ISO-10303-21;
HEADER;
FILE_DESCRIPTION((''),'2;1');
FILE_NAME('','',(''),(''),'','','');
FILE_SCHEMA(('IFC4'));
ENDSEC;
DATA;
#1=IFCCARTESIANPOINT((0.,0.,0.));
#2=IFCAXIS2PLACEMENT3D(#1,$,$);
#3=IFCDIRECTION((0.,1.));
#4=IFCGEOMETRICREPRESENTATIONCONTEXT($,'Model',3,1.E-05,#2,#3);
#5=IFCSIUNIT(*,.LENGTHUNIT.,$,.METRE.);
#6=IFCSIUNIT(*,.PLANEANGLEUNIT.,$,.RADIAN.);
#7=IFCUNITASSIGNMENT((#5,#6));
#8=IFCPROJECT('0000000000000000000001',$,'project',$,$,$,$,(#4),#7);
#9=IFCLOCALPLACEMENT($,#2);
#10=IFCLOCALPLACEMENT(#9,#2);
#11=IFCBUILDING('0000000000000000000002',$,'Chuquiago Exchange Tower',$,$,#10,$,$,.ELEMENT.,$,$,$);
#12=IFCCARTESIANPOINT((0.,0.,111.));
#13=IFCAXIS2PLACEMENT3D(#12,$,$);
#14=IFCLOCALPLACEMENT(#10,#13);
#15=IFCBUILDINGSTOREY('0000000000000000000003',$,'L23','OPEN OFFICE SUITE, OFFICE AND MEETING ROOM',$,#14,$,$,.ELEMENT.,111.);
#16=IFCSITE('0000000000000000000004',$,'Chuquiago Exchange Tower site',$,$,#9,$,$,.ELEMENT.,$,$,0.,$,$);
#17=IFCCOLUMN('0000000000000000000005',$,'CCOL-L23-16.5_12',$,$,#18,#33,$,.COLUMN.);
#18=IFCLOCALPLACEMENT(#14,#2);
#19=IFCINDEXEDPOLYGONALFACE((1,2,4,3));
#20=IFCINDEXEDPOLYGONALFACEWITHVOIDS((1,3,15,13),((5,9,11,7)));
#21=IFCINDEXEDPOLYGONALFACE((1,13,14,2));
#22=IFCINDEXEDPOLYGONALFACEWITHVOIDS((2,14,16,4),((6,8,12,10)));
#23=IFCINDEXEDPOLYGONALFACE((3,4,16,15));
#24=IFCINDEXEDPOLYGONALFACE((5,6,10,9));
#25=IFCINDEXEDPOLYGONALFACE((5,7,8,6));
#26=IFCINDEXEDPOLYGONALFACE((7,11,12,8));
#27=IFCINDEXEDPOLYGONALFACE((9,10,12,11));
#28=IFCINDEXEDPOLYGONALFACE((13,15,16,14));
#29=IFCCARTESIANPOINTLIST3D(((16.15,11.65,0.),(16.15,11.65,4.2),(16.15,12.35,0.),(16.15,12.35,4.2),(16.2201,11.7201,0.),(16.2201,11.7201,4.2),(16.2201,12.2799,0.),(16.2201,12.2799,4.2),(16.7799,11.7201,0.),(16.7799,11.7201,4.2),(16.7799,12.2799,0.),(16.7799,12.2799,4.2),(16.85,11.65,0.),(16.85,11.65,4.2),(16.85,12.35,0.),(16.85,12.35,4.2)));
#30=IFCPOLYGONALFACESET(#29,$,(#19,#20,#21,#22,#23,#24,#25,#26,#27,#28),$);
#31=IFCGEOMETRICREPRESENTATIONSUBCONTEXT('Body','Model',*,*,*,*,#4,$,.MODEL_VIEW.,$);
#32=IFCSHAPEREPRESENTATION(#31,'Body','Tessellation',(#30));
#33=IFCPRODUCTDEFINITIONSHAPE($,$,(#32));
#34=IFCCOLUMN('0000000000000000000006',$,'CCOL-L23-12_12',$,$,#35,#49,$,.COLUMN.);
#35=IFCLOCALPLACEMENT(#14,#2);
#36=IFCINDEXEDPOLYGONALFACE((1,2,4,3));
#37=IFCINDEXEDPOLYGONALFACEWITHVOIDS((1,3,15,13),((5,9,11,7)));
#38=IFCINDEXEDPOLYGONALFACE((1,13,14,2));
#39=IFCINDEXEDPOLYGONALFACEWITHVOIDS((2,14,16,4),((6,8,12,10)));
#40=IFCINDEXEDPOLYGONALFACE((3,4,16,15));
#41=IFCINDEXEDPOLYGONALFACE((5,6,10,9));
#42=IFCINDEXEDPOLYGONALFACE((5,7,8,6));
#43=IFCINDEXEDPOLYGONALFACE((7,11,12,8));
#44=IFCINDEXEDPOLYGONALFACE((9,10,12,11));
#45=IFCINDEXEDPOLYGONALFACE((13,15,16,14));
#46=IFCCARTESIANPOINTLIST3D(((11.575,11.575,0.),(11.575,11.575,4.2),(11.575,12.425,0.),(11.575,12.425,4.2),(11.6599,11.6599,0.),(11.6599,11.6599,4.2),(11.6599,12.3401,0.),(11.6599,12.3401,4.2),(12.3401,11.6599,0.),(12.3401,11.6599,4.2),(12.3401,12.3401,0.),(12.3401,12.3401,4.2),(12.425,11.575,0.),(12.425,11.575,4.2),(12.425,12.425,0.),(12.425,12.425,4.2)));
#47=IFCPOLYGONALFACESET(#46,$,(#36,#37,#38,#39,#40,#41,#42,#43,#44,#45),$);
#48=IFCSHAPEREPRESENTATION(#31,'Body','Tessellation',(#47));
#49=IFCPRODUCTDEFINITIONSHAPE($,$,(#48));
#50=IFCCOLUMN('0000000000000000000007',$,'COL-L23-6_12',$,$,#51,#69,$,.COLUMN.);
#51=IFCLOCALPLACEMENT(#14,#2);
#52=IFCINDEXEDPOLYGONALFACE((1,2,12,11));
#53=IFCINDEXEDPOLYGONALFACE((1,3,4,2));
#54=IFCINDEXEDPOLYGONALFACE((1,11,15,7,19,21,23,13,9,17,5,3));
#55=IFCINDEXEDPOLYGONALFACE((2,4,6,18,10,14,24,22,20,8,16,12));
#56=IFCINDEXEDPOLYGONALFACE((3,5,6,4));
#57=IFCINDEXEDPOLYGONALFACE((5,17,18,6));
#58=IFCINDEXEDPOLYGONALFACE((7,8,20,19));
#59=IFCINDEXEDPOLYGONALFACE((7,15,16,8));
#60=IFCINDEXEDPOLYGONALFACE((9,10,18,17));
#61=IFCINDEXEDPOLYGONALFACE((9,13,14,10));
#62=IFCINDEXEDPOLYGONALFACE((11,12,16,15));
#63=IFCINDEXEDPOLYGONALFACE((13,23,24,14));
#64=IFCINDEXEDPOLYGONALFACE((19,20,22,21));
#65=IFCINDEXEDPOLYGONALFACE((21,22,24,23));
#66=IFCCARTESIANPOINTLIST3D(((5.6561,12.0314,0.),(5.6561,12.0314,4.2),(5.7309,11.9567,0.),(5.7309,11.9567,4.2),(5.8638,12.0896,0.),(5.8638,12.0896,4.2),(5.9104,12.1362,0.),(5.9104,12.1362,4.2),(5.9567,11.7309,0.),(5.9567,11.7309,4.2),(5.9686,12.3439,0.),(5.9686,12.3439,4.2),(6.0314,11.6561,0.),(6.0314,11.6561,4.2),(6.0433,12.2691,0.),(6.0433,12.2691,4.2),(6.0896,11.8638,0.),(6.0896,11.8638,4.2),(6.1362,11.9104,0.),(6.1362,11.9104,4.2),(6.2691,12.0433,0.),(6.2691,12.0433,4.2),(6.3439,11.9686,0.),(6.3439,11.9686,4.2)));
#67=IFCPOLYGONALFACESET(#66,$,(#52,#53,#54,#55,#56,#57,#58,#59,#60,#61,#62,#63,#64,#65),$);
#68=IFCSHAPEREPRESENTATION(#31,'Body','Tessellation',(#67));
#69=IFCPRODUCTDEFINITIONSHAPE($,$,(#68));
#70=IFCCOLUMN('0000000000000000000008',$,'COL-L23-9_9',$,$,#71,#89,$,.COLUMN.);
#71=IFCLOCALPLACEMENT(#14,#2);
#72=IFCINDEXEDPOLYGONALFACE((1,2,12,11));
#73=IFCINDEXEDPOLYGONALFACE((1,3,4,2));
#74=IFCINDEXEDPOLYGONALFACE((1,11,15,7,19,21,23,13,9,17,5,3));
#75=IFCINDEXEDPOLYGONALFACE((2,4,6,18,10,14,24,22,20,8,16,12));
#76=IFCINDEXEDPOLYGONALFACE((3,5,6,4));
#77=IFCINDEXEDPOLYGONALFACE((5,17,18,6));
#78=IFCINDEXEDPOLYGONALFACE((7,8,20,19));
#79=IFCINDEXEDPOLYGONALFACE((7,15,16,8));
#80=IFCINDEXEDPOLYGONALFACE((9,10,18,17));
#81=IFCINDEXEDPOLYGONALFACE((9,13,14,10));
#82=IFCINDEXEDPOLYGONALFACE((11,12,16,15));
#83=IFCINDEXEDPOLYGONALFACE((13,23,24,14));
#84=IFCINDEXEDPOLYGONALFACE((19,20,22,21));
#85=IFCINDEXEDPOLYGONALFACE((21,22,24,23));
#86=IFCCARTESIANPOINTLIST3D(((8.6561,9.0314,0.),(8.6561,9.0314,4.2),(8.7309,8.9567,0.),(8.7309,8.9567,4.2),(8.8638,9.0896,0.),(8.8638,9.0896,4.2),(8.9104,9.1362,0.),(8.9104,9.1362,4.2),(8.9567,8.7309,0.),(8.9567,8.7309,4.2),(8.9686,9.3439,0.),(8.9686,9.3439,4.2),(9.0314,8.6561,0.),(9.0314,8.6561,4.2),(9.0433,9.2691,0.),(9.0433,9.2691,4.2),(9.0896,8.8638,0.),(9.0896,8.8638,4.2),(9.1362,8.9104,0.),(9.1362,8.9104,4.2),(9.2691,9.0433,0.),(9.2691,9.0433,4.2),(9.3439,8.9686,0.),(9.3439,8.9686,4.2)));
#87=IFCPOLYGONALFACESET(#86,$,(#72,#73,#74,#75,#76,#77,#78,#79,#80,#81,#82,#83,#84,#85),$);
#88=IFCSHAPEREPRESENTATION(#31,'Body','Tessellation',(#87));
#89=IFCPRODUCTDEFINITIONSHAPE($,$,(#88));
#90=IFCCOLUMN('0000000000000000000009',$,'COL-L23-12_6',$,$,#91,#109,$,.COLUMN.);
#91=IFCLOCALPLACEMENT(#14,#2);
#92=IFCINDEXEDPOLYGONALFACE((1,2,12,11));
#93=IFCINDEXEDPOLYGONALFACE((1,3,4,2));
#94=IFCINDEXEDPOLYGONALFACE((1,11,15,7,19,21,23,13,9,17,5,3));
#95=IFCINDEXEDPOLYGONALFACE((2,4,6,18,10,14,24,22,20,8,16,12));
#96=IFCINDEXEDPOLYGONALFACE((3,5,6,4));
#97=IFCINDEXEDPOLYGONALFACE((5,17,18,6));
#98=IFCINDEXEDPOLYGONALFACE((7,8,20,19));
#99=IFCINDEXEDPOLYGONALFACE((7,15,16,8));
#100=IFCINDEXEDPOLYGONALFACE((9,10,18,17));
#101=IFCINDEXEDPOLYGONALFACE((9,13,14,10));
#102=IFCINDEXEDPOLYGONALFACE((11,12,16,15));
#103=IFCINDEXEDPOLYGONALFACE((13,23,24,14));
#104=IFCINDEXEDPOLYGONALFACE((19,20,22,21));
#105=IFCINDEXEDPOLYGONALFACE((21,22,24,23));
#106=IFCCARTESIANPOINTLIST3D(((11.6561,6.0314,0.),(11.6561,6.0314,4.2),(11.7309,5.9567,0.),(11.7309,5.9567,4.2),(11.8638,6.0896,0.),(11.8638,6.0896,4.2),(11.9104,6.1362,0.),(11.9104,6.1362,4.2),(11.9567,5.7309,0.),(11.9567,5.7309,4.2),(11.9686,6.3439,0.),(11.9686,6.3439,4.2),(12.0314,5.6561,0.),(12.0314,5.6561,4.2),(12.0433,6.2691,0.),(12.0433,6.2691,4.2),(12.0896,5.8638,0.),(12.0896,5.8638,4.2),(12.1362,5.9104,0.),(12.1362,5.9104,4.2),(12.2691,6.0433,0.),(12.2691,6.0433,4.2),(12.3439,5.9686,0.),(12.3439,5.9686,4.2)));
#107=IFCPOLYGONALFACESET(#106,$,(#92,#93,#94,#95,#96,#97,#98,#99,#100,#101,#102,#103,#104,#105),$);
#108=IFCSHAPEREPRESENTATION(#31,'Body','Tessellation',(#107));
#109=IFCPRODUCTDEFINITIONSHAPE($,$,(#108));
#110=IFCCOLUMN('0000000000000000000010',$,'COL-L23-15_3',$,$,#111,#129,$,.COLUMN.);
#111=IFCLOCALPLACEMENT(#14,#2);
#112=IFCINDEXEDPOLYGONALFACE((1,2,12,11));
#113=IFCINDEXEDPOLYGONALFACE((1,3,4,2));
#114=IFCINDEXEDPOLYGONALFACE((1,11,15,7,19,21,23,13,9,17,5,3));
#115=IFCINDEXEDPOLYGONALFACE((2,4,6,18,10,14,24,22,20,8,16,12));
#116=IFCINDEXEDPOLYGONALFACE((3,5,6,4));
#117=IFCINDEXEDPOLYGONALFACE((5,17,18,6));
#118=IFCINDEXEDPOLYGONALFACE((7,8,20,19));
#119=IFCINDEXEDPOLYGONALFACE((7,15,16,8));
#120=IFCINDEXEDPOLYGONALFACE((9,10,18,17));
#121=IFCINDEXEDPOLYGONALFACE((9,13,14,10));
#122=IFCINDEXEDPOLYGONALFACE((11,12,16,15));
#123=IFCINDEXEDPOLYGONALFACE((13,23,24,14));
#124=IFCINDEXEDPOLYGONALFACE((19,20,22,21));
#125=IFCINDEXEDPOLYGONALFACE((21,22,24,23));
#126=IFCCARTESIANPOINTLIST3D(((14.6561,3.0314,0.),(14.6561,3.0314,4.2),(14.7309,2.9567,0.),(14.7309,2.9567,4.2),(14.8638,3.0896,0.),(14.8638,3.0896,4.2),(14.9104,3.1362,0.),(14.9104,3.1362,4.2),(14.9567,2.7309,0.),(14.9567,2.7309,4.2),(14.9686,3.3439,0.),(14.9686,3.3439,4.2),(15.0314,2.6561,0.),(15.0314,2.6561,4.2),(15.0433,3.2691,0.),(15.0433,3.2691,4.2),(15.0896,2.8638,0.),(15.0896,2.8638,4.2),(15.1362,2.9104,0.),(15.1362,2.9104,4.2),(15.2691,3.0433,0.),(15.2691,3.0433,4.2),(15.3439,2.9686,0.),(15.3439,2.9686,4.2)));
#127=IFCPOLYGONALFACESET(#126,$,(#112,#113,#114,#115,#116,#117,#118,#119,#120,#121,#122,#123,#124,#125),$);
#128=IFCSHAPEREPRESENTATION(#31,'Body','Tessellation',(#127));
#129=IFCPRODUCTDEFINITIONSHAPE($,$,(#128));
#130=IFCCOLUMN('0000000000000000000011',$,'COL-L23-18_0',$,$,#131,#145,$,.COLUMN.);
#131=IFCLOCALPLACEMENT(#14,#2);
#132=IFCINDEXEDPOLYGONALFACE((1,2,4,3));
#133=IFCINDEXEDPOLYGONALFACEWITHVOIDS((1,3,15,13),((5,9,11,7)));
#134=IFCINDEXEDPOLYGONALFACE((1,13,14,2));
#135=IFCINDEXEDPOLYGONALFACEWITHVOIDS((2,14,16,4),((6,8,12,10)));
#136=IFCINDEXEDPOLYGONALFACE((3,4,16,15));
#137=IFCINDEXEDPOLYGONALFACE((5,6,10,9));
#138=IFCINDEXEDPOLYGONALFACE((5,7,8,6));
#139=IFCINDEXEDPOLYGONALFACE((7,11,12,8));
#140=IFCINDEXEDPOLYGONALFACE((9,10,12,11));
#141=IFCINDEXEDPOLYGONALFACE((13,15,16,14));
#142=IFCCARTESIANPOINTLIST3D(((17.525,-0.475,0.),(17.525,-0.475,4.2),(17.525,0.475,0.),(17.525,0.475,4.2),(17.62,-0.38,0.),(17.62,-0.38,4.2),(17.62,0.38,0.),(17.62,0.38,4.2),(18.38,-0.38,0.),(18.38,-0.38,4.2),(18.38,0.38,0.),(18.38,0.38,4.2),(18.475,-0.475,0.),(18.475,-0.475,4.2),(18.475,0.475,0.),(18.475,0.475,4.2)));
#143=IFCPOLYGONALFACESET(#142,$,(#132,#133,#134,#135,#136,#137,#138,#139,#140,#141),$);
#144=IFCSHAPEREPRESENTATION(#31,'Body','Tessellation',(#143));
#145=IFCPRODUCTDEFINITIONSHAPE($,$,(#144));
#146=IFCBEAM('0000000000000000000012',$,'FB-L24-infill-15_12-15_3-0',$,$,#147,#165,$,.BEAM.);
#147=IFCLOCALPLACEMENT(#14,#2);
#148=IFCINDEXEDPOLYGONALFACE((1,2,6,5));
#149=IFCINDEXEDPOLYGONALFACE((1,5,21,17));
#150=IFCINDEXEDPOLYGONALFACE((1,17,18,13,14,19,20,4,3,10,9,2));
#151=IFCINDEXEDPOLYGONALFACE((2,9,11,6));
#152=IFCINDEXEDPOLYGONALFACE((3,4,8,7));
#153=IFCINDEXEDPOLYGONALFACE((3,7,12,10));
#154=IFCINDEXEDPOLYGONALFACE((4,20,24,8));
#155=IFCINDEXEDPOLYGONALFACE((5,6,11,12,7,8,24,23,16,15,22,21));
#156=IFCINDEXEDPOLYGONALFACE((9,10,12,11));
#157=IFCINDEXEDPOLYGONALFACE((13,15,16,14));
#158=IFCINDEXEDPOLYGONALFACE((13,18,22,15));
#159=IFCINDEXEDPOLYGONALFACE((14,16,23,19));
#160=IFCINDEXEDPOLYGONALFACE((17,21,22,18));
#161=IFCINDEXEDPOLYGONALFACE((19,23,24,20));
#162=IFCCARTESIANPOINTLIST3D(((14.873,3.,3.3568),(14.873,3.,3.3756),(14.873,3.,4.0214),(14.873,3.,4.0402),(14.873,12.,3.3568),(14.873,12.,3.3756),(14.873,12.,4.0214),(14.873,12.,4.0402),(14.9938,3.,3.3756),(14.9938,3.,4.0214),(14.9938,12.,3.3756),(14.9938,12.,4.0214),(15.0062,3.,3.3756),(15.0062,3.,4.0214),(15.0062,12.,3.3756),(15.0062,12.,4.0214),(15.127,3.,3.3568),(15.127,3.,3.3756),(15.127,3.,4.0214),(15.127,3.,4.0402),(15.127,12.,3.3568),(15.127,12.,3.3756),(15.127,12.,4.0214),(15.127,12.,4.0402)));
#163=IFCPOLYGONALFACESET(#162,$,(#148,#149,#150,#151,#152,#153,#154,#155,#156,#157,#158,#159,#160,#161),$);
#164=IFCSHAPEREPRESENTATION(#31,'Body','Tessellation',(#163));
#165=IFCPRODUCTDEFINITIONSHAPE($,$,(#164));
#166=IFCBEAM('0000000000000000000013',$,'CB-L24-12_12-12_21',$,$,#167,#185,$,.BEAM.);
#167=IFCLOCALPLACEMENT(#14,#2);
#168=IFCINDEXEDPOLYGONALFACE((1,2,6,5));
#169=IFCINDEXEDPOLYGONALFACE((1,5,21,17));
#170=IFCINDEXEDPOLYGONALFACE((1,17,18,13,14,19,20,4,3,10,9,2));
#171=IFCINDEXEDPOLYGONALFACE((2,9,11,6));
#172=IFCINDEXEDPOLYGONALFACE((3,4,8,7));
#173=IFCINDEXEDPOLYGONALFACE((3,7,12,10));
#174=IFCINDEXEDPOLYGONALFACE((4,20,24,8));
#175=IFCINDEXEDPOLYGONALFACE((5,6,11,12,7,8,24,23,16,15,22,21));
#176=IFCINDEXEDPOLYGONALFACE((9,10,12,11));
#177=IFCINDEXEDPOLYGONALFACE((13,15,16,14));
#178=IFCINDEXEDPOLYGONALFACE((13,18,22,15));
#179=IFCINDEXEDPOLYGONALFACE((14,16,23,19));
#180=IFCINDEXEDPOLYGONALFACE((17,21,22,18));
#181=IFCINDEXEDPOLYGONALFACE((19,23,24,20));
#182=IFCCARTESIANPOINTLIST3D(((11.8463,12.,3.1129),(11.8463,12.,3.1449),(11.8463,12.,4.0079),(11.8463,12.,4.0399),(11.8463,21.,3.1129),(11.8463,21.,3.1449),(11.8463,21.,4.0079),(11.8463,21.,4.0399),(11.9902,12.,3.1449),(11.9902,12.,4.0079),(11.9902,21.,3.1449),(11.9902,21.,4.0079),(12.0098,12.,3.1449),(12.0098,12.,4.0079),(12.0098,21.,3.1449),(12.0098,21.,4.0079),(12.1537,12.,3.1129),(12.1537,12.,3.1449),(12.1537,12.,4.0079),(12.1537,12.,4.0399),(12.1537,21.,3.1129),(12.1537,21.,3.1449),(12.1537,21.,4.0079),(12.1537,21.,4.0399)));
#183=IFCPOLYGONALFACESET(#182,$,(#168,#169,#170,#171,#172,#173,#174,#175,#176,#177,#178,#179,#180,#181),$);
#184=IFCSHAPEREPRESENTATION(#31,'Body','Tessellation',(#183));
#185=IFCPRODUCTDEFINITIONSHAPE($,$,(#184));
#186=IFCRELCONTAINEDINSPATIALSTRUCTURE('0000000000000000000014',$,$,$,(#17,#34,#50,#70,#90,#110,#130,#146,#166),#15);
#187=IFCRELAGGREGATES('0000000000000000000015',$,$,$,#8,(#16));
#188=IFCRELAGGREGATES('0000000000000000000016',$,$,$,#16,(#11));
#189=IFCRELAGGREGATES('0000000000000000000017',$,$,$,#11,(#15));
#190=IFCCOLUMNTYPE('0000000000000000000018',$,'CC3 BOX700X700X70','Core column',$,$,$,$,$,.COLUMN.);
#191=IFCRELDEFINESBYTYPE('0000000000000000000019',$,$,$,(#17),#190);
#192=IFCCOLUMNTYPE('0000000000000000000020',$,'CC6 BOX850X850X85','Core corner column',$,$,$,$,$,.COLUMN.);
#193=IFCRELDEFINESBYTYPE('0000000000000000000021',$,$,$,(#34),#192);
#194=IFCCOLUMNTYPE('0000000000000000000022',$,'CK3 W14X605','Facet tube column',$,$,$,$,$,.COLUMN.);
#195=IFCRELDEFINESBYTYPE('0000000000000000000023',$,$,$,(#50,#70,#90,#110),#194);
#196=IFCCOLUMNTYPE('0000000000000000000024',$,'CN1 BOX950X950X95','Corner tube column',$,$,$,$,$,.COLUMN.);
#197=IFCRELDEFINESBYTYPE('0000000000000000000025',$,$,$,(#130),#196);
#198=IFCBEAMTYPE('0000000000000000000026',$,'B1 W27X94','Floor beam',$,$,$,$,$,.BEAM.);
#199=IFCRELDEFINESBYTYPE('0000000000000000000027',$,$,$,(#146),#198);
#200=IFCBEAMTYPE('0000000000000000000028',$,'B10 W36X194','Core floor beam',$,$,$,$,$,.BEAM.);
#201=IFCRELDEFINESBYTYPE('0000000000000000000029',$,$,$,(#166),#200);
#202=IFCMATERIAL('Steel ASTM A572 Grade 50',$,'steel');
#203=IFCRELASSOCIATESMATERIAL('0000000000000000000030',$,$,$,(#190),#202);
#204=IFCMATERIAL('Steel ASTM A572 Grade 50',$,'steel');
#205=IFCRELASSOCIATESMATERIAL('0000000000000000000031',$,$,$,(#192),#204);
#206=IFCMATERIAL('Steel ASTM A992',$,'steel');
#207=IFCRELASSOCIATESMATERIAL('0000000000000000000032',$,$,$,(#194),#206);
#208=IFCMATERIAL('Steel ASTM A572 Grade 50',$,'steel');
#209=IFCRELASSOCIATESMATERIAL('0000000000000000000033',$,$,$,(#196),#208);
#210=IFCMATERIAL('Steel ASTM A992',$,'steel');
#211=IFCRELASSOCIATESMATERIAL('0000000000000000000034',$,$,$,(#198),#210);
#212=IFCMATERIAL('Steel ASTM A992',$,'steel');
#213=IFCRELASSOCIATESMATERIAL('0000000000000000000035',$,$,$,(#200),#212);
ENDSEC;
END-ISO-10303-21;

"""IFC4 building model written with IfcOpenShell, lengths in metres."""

from ifc_helpers import new_model, si_unit, direction, frame, origin, origin_2d, place, context, subcontext, project, spatial, hollow_rectangle, i_section, extrude, material, material_profile, profile_set, type_object, element, save


model = new_model("IFC4")

# Units and contexts
model_context = context("Model", 3, precision=1e-05, world=origin(), true_north=direction((0.0, 1.0)))
body_context = subcontext(model_context, "Body", "Model", "MODEL_VIEW")
ifc_project = project(units=[si_unit("LENGTHUNIT", "METRE"), si_unit("PLANEANGLEUNIT", "RADIAN")], contexts=[model_context])

# Site, building, storey
site_placement = place(None, origin())
site = spatial("IfcSite", under=ifc_project, at=site_placement, Name="Chuquiago Exchange Tower site", CompositionType="ELEMENT", RefElevation=0.0)
building_placement = place(site_placement, origin())
building = spatial("IfcBuilding", under=site, at=building_placement, Name="Chuquiago Exchange Tower", CompositionType="ELEMENT")
storey_placement = place(building_placement, frame((0.0, 0.0, 111.0)))
storey = spatial("IfcBuildingStorey", under=building, at=storey_placement, Name="L23", Description="OPEN OFFICE SUITE, OFFICE AND MEETING ROOM", CompositionType="ELEMENT", Elevation=111.0)

# Columns
ifc_material_1 = material(Name="Steel ASTM A572 Grade 50", Category="steel")
ifc_material_profile_1 = material_profile(ifc_material_1, hollow_rectangle(XDim=0.7, YDim=0.7, WallThickness=0.0701, at=origin_2d()), Name="BOX700X700X70")
ifc_profile_set_1 = profile_set([ifc_material_profile_1], Name="Steel ASTM A572 Grade 50")
column_type_1 = type_object("IfcColumnType", Name="CC3 BOX700X700X70", Description="Core column", PredefinedType="COLUMN", material=ifc_profile_set_1)
column_1_placement = place(storey_placement, frame((16.5, 12.0, 0.0), z_axis=(0.0, 0.0, 1.0), x_axis=(1.0, 0.0, 0.0)))
element("IfcColumn", 1, at=column_1_placement, inside=storey, type_object=column_type_1, Name="CCOL-L23-16.5_12", PredefinedType="COLUMN", context=body_context, shape_type="SweptSolid", body=[
    extrude(hollow_rectangle(XDim=0.7, YDim=0.7, WallThickness=0.0701, at=origin_2d()), origin(), (0.0, 0.0, 1.0), 4.2),
])
ifc_material_2 = material(Name="Steel ASTM A572 Grade 50", Category="steel")
ifc_material_profile_2 = material_profile(ifc_material_2, hollow_rectangle(XDim=0.8501, YDim=0.8501, WallThickness=0.085, at=origin_2d()), Name="BOX850X850X85")
ifc_profile_set_2 = profile_set([ifc_material_profile_2], Name="Steel ASTM A572 Grade 50")
column_type_2 = type_object("IfcColumnType", Name="CC6 BOX850X850X85", Description="Core corner column", PredefinedType="COLUMN", material=ifc_profile_set_2)
column_2_placement = place(storey_placement, frame((12.0, 12.0, 0.0), z_axis=(0.0, 0.0, 1.0), x_axis=(1.0, 0.0, 0.0)))
element("IfcColumn", 2, at=column_2_placement, inside=storey, type_object=column_type_2, Name="CCOL-L23-12_12", PredefinedType="COLUMN", context=body_context, shape_type="SweptSolid", body=[
    extrude(hollow_rectangle(XDim=0.8501, YDim=0.8501, WallThickness=0.085, at=origin_2d()), origin(), (0.0, 0.0, 1.0), 4.2),
])
ifc_material_3 = material(Name="Steel ASTM A992", Category="steel")
ifc_material_profile_3 = material_profile(ifc_material_3, i_section(OverallWidth=0.4419, OverallDepth=0.5308, WebThickness=0.0659, FlangeThickness=0.1057, at=origin_2d()), Name="W14X605")
ifc_profile_set_3 = profile_set([ifc_material_profile_3], Name="Steel ASTM A992")
column_type_3 = type_object("IfcColumnType", Name="CK3 W14X605", Description="Facet tube column", PredefinedType="COLUMN", material=ifc_profile_set_3)
for number, where, z_axis, x_axis, name in (
    (3, (6.0, 12.0, 0.0), (0.0, 0.0, 1.0), (-0.707107, -0.707107, 0.0), "COL-L23-6_12"),
    (4, (9.0, 9.0, 0.0), (0.0, 0.0, 1.0), (-0.707107, -0.707107, 0.0), "COL-L23-9_9"),
    (5, (12.0, 6.0, 0.0), (0.0, 0.0, 1.0), (-0.707107, -0.707107, 0.0), "COL-L23-12_6"),
    (6, (15.0, 3.0, 0.0), (0.0, 0.0, 1.0), (-0.707107, -0.707107, 0.0), "COL-L23-15_3"),
):
    element("IfcColumn", number, at=place(storey_placement, frame(where, z_axis=z_axis, x_axis=x_axis)), inside=storey, type_object=column_type_3, Name=name, PredefinedType="COLUMN", context=body_context, shape_type="SweptSolid", body=[
        extrude(i_section(OverallWidth=0.4419, OverallDepth=0.5308, WebThickness=0.0659, FlangeThickness=0.1057, at=origin_2d()), origin(), (0.0, 0.0, 1.0), 4.2),
    ])
ifc_material_4 = material(Name="Steel ASTM A572 Grade 50", Category="steel")
ifc_material_profile_4 = material_profile(ifc_material_4, hollow_rectangle(XDim=0.95, YDim=0.95, WallThickness=0.095, at=origin_2d()), Name="BOX950X950X95")
ifc_profile_set_4 = profile_set([ifc_material_profile_4], Name="Steel ASTM A572 Grade 50")
column_type_4 = type_object("IfcColumnType", Name="CN1 BOX950X950X95", Description="Corner tube column", PredefinedType="COLUMN", material=ifc_profile_set_4)
column_3_placement = place(storey_placement, frame((18.0, 0.0, 0.0), z_axis=(0.0, 0.0, 1.0), x_axis=(0.0, -1.0, 0.0)))
element("IfcColumn", 7, at=column_3_placement, inside=storey, type_object=column_type_4, Name="COL-L23-18_0", PredefinedType="COLUMN", context=body_context, shape_type="SweptSolid", body=[
    extrude(hollow_rectangle(XDim=0.95, YDim=0.95, WallThickness=0.095, at=origin_2d()), origin(), (0.0, 0.0, 1.0), 4.2),
])

# Beams
ifc_material_5 = material(Name="Steel ASTM A992", Category="steel")
ifc_material_profile_5 = material_profile(ifc_material_5, i_section(OverallWidth=0.2539, OverallDepth=0.6833, WebThickness=0.0125, FlangeThickness=0.0188, at=origin_2d()), Name="W27X94")
ifc_profile_set_5 = profile_set([ifc_material_profile_5], Name="Steel ASTM A992")
beam_type_1 = type_object("IfcBeamType", Name="B1 W27X94", Description="Floor beam", PredefinedType="BEAM", material=ifc_profile_set_5)
beam_1_placement = place(storey_placement, frame((15.0, 12.0, 3.6985), z_axis=(0.0, -1.0, 0.0), x_axis=(1.0, 0.0, 0.0)))
element("IfcBeam", 8, at=beam_1_placement, inside=storey, type_object=beam_type_1, Name="FB-L24-infill-15_12-15_3-0", PredefinedType="BEAM", context=body_context, shape_type="SweptSolid", body=[
    extrude(i_section(OverallWidth=0.2539, OverallDepth=0.6833, WebThickness=0.0125, FlangeThickness=0.0188, at=origin_2d()), origin(), (0.0, 0.0, 1.0), 9.0),
])
ifc_material_6 = material(Name="Steel ASTM A992", Category="steel")
ifc_material_profile_6 = material_profile(ifc_material_6, i_section(OverallWidth=0.3074, OverallDepth=0.927, WebThickness=0.0195, FlangeThickness=0.032, at=origin_2d()), Name="W36X194")
ifc_profile_set_6 = profile_set([ifc_material_profile_6], Name="Steel ASTM A992")
beam_type_2 = type_object("IfcBeamType", Name="B10 W36X194", Description="Core floor beam", PredefinedType="BEAM", material=ifc_profile_set_6)
for number, where, z_axis, x_axis, name in (
    (9, (12.0, 12.0, 3.5764), (0.0, 1.0, 0.0), (-1.0, 0.0, 0.0), "CB-L24-12_12-12_21"),
):
    element("IfcBeam", number, at=place(storey_placement, frame(where, z_axis=z_axis, x_axis=x_axis)), inside=storey, type_object=beam_type_2, Name=name, PredefinedType="BEAM", context=body_context, shape_type="SweptSolid", body=[
        extrude(i_section(OverallWidth=0.3074, OverallDepth=0.927, WebThickness=0.0195, FlangeThickness=0.032, at=origin_2d()), origin(), (0.0, 0.0, 1.0), 9.0),
    ])

save(model, "model.ifc")
